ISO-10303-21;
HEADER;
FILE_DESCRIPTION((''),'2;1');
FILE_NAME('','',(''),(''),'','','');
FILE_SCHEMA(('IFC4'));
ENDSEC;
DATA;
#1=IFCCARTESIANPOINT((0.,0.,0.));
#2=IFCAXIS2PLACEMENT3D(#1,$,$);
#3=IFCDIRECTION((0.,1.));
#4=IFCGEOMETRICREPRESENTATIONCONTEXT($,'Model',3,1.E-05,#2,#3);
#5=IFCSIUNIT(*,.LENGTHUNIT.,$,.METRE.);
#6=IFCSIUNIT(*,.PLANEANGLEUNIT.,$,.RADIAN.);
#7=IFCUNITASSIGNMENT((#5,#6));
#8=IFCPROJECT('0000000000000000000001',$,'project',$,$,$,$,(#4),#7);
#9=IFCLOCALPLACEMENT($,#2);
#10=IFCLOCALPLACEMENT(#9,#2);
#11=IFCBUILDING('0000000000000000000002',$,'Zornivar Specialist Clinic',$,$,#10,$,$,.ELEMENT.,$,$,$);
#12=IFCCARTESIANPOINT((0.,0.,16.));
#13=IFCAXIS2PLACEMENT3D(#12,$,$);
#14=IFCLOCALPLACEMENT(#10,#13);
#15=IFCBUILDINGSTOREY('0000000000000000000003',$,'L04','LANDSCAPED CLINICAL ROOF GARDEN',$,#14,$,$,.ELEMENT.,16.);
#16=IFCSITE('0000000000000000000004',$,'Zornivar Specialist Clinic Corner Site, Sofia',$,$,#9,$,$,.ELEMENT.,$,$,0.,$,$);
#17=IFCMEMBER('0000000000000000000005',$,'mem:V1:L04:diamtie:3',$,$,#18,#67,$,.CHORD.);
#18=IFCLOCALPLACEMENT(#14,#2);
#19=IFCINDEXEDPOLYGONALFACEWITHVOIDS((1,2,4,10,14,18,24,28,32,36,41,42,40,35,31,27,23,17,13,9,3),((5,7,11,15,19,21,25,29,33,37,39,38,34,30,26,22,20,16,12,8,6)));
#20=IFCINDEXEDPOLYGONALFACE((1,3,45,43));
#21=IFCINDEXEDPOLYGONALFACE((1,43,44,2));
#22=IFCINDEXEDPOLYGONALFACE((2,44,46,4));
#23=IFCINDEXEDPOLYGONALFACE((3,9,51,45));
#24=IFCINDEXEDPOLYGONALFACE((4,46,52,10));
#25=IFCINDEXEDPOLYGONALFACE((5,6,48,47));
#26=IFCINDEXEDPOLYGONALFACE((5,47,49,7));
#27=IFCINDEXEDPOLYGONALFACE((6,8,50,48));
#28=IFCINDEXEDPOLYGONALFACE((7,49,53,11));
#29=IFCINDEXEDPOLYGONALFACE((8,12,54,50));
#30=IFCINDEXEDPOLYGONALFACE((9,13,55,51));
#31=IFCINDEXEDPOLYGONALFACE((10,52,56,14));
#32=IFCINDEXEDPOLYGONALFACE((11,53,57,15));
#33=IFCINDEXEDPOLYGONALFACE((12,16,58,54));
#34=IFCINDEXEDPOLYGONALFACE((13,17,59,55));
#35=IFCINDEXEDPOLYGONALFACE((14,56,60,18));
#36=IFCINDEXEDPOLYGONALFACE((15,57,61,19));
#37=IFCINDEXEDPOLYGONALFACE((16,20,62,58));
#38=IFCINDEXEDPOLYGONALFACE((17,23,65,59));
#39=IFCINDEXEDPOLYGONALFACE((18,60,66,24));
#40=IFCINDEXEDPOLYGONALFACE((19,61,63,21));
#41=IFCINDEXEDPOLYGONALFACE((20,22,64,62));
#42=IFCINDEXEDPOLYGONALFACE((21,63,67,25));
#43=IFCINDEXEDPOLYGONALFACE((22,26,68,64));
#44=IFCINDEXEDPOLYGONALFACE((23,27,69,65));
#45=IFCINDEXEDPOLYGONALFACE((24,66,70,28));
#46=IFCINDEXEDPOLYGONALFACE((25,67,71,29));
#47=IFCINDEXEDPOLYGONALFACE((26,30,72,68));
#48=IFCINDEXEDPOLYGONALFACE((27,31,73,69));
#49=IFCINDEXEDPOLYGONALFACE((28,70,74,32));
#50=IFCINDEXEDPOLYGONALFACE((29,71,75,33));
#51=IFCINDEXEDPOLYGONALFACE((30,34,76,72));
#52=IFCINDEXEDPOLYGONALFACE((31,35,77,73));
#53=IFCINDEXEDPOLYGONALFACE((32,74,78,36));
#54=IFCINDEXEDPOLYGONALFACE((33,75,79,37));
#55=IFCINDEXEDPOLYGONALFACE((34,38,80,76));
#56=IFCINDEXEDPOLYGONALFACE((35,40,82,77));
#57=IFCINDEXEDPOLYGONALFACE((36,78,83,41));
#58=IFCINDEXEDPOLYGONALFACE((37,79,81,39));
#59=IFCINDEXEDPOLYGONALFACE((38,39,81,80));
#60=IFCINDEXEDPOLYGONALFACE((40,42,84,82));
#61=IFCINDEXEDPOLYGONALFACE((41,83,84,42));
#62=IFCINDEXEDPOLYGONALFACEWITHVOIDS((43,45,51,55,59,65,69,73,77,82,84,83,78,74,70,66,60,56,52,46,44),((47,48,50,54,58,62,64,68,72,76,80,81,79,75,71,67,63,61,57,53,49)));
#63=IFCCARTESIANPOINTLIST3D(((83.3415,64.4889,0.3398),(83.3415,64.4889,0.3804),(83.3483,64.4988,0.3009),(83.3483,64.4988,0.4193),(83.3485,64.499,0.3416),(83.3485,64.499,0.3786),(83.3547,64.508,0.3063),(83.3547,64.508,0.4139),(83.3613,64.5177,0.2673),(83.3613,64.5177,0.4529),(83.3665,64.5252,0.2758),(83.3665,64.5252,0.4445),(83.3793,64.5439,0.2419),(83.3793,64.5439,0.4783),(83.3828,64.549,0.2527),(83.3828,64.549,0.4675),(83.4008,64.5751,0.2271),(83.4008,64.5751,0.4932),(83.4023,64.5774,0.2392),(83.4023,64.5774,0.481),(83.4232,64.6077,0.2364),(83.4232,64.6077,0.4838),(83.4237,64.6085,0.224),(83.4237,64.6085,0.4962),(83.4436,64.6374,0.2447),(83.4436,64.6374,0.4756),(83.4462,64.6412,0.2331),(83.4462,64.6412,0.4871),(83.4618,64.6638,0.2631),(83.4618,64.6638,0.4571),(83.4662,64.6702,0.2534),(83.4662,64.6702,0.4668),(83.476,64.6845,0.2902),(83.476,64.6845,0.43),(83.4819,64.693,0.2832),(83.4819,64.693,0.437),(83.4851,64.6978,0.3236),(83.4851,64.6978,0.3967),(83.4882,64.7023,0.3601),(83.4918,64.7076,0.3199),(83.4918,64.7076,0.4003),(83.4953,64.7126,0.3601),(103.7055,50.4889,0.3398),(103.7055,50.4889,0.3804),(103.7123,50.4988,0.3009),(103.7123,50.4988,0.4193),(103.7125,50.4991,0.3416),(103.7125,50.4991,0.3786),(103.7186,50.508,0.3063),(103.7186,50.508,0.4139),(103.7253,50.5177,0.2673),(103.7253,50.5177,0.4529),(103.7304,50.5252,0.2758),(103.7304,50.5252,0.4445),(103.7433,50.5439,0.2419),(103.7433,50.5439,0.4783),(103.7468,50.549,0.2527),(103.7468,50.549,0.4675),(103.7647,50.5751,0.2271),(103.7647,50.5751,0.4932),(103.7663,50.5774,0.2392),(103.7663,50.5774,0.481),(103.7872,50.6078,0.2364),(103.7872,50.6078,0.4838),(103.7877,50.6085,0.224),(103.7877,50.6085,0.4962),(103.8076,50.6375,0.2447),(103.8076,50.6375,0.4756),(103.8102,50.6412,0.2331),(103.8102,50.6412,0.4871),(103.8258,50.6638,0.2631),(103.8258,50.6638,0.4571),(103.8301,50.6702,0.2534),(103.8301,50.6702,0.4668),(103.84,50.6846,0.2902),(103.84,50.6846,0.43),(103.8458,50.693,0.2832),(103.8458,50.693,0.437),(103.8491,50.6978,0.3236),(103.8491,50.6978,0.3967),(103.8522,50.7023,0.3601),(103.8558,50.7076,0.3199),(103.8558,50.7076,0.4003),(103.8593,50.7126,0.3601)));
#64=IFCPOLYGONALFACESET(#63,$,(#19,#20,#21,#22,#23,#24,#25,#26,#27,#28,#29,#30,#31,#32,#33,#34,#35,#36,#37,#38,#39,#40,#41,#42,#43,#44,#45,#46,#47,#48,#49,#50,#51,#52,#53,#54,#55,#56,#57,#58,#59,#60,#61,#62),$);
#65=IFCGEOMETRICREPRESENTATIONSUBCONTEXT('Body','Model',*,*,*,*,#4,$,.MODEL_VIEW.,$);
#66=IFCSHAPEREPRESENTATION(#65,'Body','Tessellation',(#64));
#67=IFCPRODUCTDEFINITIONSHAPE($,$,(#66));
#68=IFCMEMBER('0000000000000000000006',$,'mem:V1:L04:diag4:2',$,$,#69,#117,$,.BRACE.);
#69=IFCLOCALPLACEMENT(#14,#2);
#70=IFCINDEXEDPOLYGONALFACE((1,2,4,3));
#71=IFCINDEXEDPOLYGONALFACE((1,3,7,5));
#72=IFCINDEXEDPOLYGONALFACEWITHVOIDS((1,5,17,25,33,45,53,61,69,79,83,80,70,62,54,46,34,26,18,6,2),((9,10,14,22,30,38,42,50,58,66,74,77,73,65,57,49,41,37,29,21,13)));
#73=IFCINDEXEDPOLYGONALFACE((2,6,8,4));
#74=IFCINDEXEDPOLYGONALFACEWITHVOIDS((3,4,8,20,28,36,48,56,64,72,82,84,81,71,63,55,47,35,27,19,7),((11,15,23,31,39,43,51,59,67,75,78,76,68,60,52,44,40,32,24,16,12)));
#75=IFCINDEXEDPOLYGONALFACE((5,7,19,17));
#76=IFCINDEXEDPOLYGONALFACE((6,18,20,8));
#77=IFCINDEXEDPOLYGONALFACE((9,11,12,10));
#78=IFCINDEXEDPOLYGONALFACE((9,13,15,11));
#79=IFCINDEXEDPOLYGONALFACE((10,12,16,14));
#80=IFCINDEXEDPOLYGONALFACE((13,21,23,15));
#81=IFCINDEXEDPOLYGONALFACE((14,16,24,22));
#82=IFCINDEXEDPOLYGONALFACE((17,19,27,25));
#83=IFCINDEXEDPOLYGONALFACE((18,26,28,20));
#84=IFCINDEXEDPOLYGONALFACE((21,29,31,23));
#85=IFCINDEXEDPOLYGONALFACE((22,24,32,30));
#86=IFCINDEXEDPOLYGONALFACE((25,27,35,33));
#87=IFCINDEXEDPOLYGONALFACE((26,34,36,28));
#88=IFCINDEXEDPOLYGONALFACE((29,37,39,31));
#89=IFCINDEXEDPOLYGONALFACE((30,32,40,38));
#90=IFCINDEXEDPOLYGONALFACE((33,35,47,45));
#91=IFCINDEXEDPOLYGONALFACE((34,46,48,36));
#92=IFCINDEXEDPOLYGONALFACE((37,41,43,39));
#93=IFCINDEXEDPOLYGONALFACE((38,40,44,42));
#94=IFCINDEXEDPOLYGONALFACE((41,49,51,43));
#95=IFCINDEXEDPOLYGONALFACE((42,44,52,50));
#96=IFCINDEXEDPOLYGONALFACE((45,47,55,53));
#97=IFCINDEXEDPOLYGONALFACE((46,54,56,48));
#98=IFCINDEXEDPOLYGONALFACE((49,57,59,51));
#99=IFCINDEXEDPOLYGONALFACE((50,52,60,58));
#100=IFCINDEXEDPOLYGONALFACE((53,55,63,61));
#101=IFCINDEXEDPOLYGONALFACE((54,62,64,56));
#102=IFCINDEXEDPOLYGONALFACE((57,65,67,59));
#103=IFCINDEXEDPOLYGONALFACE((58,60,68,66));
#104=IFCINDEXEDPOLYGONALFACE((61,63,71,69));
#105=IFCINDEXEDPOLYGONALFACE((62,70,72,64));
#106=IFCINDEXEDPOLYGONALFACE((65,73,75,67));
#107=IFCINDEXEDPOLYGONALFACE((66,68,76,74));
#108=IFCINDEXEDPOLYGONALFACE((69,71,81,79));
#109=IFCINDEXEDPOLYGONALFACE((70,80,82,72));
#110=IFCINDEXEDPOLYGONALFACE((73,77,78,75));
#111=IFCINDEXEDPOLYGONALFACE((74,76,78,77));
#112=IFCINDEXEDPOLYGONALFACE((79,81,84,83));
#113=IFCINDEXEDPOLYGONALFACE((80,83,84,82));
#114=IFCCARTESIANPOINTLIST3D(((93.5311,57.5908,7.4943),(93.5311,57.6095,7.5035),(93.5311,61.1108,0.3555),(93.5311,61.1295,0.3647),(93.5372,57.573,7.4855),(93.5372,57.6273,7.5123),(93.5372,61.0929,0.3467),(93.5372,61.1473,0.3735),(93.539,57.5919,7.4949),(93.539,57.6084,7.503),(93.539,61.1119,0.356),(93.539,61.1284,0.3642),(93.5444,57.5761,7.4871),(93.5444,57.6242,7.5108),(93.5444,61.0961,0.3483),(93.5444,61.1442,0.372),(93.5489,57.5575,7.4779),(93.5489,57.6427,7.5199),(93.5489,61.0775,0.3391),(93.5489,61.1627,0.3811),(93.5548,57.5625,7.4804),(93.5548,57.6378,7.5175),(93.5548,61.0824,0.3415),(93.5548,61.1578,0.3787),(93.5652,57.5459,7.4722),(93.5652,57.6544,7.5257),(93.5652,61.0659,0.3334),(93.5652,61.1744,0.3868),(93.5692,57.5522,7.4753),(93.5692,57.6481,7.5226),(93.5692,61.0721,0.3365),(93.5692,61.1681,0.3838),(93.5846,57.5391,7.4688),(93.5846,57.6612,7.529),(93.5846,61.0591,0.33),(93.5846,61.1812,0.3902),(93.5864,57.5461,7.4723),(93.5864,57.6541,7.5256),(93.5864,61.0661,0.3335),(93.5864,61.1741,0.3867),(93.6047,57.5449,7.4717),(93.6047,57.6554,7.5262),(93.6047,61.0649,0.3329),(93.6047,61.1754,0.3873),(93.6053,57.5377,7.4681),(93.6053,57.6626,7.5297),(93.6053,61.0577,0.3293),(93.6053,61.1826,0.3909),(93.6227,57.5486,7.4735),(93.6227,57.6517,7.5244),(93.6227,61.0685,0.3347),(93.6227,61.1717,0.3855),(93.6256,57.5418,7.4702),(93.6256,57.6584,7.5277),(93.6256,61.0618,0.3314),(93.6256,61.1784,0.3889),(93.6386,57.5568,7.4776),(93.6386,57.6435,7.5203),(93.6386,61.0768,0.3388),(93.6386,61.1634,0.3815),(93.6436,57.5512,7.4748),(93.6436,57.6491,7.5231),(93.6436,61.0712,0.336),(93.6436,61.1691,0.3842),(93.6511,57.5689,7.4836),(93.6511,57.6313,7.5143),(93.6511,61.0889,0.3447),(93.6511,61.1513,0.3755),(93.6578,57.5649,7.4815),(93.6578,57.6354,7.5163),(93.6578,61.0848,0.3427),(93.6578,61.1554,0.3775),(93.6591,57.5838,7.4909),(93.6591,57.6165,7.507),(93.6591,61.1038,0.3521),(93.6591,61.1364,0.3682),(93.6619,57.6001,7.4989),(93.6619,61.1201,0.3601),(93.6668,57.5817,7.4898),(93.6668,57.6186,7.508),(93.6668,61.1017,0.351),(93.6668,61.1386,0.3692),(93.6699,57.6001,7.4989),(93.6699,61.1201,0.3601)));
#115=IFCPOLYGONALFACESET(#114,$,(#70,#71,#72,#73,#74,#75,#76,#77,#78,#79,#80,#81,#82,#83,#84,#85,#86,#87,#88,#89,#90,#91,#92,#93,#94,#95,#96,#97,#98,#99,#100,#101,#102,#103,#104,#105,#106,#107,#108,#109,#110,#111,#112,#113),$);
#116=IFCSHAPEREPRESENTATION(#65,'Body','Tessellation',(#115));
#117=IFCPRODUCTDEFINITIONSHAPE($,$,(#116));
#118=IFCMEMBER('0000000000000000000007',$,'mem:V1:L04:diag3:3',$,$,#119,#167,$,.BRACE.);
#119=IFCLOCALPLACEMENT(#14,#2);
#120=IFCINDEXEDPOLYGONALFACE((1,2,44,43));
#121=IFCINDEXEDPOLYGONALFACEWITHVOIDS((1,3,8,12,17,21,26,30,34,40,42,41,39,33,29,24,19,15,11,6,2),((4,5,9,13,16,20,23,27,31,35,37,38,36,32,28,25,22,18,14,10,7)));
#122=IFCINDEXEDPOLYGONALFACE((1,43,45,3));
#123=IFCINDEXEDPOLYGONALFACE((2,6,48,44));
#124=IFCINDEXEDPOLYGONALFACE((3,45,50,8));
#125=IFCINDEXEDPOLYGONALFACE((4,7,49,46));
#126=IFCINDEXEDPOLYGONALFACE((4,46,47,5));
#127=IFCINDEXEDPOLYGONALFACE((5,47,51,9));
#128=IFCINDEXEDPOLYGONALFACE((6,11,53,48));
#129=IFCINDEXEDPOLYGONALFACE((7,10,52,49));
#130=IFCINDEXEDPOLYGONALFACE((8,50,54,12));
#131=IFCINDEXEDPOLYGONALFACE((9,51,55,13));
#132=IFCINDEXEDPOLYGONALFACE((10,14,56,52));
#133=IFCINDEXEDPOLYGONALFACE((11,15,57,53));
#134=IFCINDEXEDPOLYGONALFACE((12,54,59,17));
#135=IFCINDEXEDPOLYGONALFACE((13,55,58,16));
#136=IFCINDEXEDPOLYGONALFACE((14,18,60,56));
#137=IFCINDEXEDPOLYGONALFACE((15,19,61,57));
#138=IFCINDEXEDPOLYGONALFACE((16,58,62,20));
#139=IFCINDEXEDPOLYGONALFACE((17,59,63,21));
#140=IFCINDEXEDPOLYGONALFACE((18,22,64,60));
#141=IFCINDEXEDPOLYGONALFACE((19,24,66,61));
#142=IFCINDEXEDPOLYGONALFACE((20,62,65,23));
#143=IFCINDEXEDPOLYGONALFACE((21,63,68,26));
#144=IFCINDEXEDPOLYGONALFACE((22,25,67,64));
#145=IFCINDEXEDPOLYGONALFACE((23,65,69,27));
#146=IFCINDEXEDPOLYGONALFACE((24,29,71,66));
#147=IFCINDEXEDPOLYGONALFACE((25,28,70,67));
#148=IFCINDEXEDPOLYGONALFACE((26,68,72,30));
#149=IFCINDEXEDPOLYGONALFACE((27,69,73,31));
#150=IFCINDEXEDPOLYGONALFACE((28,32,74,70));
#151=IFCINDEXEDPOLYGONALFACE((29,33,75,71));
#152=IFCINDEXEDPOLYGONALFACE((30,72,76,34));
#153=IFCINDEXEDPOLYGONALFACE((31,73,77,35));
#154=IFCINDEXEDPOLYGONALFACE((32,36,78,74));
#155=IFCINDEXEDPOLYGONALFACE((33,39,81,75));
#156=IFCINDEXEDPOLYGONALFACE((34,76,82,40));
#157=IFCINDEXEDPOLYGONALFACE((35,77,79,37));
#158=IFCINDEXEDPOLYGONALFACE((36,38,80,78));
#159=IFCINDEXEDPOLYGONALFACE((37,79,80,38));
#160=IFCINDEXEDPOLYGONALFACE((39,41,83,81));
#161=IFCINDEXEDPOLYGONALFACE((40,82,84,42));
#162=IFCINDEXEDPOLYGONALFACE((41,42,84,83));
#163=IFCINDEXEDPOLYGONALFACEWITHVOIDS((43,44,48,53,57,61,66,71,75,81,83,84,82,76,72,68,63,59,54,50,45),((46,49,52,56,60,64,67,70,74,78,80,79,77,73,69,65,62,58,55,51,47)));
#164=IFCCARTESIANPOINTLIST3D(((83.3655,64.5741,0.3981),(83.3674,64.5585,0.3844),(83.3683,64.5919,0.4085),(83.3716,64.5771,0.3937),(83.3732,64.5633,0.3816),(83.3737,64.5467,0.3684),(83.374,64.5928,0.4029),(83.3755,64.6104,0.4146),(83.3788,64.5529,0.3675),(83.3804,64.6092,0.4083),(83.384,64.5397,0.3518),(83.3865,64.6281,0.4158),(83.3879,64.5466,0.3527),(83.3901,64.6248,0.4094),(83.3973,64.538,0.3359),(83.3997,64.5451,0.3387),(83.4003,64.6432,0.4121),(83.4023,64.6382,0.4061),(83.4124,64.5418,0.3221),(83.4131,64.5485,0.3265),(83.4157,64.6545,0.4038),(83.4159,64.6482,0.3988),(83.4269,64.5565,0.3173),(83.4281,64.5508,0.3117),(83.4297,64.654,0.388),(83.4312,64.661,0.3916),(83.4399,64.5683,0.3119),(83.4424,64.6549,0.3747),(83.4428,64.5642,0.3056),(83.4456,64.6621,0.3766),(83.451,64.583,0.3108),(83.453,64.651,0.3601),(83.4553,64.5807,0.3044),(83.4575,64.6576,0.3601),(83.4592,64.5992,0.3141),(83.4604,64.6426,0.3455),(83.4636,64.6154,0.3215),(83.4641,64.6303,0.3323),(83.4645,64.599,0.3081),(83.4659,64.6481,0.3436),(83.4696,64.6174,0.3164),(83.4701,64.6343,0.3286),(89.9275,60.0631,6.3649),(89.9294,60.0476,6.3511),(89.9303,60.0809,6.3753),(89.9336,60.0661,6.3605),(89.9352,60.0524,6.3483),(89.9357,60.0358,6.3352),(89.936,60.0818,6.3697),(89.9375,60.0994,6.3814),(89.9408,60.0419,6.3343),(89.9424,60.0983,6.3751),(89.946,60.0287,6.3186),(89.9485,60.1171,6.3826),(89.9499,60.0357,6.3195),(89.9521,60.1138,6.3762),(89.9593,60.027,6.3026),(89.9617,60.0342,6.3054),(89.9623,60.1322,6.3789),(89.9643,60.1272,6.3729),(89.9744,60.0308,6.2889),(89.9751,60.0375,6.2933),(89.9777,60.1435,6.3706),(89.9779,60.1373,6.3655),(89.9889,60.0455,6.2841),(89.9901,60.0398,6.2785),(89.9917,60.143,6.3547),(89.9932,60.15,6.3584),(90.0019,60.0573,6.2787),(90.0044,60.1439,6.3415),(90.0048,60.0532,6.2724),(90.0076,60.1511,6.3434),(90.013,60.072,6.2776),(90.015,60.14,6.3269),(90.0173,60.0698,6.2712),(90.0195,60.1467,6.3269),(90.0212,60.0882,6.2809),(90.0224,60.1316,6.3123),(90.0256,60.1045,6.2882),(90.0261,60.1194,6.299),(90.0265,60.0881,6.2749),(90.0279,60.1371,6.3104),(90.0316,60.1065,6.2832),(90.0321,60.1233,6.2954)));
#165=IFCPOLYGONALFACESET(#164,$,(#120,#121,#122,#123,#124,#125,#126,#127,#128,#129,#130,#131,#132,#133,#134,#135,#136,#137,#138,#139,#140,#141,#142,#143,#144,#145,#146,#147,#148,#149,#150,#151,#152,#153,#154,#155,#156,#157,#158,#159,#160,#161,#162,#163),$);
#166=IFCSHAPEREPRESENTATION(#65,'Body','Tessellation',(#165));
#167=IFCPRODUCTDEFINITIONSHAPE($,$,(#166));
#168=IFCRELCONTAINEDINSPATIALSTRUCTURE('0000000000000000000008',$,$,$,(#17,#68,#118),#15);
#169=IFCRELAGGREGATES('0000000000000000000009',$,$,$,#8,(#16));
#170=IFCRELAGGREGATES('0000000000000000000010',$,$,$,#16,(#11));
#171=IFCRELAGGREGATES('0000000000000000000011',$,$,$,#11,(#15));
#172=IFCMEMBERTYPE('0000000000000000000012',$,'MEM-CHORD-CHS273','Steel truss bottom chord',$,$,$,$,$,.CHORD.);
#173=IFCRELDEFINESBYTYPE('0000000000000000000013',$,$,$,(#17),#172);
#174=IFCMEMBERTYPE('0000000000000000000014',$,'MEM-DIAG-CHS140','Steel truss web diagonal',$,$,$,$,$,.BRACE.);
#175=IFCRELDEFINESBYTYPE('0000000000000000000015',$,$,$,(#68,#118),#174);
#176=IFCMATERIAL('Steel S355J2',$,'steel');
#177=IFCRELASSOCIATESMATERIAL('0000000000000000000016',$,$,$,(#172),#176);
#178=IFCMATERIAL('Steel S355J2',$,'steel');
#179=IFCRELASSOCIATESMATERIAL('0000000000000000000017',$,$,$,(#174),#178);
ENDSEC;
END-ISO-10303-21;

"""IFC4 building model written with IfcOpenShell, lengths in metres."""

from ifc_helpers import new_model, si_unit, direction, frame, origin, origin_2d, place, context, subcontext, project, spatial, hollow_circle, extrude, material, material_profile, profile_set, type_object, element, save


model = new_model("IFC4")

# Units and contexts
model_context = context("Model", 3, precision=1e-05, world=origin(), true_north=direction((0.0, 1.0)))
body_context = subcontext(model_context, "Body", "Model", "MODEL_VIEW")
ifc_project = project(units=[si_unit("LENGTHUNIT", "METRE"), si_unit("PLANEANGLEUNIT", "RADIAN")], contexts=[model_context])

# Site, building, storey
site_placement = place(None, origin())
site = spatial("IfcSite", under=ifc_project, at=site_placement, Name="Zornivar Specialist Clinic Corner Site, Sofia", CompositionType="ELEMENT", RefElevation=0.0)
building_placement = place(site_placement, origin())
building = spatial("IfcBuilding", under=site, at=building_placement, Name="Zornivar Specialist Clinic", CompositionType="ELEMENT")
storey_placement = place(building_placement, frame((0.0, 0.0, 16.0)))
storey = spatial("IfcBuildingStorey", under=building, at=storey_placement, Name="L04", Description="LANDSCAPED CLINICAL ROOF GARDEN", CompositionType="ELEMENT", Elevation=16.0)

# Members
ifc_material_1 = material(Name="Steel S355J2", Category="steel")
ifc_material_profile_1 = material_profile(ifc_material_1, hollow_circle(Radius=0.1365, WallThickness=0.0125, at=origin_2d()), Name="CHS 273x12.5")
ifc_profile_set_1 = profile_set([ifc_material_profile_1], Name="Steel S355J2")
member_type_1 = type_object("IfcMemberType", Name="MEM-CHORD-CHS273", Description="Steel truss bottom chord", PredefinedType="CHORD", material=ifc_profile_set_1)
member_1_placement = place(storey_placement, frame((83.418, 64.6001, 0.3601), z_axis=(0.824047, -0.566522, 0.0), x_axis=(0.566522, 0.824047, 0.0)))
element("IfcMember", 1, at=member_1_placement, inside=storey, type_object=member_type_1, Name="mem:V1:L04:diamtie:3", PredefinedType="CHORD", context=body_context, shape_type="SweptSolid", body=[
    extrude(hollow_circle(Radius=0.1365, WallThickness=0.0125, at=origin_2d()), origin(), (0.0, 0.0, 1.0), 24.7122),
])
ifc_material_2 = material(Name="Steel S355J2", Category="steel")
ifc_material_profile_2 = material_profile(ifc_material_2, hollow_circle(Radius=0.0698, WallThickness=0.0081, at=origin_2d()), Name="CHS 139.7x8")
ifc_profile_set_2 = profile_set([ifc_material_profile_2], Name="Steel S355J2")
member_type_2 = type_object("IfcMemberType", Name="MEM-DIAG-CHS140", Description="Steel truss web diagonal", PredefinedType="BRACE", material=ifc_profile_set_2)
member_2_placement = place(storey_placement, frame((93.6001, 61.1201, 0.3601), z_axis=(0.0, -0.442238, 0.896898), x_axis=(1.0, 0.0, 0.0)))
element("IfcMember", 2, at=member_2_placement, inside=storey, type_object=member_type_2, Name="mem:V1:L04:diag4:2", PredefinedType="BRACE", context=body_context, shape_type="SweptSolid", body=[
    extrude(hollow_circle(Radius=0.0698, WallThickness=0.0081, at=origin_2d()), origin(), (0.0, 0.0, 1.0), 7.9595),
])
member_3_placement = place(storey_placement, frame((83.418, 64.6001, 0.3601), z_axis=(0.659468, -0.453344, 0.59965), x_axis=(0.566495, 0.824065, 0.0)))
element("IfcMember", 3, at=member_3_placement, inside=storey, type_object=member_type_2, Name="mem:V1:L04:diag3:3", PredefinedType="BRACE", context=body_context, shape_type="SweptSolid", body=[
    extrude(hollow_circle(Radius=0.0698, WallThickness=0.0081, at=origin_2d()), origin(), (0.0, 0.0, 1.0), 9.9504),
])

save(model, "model.ifc")
